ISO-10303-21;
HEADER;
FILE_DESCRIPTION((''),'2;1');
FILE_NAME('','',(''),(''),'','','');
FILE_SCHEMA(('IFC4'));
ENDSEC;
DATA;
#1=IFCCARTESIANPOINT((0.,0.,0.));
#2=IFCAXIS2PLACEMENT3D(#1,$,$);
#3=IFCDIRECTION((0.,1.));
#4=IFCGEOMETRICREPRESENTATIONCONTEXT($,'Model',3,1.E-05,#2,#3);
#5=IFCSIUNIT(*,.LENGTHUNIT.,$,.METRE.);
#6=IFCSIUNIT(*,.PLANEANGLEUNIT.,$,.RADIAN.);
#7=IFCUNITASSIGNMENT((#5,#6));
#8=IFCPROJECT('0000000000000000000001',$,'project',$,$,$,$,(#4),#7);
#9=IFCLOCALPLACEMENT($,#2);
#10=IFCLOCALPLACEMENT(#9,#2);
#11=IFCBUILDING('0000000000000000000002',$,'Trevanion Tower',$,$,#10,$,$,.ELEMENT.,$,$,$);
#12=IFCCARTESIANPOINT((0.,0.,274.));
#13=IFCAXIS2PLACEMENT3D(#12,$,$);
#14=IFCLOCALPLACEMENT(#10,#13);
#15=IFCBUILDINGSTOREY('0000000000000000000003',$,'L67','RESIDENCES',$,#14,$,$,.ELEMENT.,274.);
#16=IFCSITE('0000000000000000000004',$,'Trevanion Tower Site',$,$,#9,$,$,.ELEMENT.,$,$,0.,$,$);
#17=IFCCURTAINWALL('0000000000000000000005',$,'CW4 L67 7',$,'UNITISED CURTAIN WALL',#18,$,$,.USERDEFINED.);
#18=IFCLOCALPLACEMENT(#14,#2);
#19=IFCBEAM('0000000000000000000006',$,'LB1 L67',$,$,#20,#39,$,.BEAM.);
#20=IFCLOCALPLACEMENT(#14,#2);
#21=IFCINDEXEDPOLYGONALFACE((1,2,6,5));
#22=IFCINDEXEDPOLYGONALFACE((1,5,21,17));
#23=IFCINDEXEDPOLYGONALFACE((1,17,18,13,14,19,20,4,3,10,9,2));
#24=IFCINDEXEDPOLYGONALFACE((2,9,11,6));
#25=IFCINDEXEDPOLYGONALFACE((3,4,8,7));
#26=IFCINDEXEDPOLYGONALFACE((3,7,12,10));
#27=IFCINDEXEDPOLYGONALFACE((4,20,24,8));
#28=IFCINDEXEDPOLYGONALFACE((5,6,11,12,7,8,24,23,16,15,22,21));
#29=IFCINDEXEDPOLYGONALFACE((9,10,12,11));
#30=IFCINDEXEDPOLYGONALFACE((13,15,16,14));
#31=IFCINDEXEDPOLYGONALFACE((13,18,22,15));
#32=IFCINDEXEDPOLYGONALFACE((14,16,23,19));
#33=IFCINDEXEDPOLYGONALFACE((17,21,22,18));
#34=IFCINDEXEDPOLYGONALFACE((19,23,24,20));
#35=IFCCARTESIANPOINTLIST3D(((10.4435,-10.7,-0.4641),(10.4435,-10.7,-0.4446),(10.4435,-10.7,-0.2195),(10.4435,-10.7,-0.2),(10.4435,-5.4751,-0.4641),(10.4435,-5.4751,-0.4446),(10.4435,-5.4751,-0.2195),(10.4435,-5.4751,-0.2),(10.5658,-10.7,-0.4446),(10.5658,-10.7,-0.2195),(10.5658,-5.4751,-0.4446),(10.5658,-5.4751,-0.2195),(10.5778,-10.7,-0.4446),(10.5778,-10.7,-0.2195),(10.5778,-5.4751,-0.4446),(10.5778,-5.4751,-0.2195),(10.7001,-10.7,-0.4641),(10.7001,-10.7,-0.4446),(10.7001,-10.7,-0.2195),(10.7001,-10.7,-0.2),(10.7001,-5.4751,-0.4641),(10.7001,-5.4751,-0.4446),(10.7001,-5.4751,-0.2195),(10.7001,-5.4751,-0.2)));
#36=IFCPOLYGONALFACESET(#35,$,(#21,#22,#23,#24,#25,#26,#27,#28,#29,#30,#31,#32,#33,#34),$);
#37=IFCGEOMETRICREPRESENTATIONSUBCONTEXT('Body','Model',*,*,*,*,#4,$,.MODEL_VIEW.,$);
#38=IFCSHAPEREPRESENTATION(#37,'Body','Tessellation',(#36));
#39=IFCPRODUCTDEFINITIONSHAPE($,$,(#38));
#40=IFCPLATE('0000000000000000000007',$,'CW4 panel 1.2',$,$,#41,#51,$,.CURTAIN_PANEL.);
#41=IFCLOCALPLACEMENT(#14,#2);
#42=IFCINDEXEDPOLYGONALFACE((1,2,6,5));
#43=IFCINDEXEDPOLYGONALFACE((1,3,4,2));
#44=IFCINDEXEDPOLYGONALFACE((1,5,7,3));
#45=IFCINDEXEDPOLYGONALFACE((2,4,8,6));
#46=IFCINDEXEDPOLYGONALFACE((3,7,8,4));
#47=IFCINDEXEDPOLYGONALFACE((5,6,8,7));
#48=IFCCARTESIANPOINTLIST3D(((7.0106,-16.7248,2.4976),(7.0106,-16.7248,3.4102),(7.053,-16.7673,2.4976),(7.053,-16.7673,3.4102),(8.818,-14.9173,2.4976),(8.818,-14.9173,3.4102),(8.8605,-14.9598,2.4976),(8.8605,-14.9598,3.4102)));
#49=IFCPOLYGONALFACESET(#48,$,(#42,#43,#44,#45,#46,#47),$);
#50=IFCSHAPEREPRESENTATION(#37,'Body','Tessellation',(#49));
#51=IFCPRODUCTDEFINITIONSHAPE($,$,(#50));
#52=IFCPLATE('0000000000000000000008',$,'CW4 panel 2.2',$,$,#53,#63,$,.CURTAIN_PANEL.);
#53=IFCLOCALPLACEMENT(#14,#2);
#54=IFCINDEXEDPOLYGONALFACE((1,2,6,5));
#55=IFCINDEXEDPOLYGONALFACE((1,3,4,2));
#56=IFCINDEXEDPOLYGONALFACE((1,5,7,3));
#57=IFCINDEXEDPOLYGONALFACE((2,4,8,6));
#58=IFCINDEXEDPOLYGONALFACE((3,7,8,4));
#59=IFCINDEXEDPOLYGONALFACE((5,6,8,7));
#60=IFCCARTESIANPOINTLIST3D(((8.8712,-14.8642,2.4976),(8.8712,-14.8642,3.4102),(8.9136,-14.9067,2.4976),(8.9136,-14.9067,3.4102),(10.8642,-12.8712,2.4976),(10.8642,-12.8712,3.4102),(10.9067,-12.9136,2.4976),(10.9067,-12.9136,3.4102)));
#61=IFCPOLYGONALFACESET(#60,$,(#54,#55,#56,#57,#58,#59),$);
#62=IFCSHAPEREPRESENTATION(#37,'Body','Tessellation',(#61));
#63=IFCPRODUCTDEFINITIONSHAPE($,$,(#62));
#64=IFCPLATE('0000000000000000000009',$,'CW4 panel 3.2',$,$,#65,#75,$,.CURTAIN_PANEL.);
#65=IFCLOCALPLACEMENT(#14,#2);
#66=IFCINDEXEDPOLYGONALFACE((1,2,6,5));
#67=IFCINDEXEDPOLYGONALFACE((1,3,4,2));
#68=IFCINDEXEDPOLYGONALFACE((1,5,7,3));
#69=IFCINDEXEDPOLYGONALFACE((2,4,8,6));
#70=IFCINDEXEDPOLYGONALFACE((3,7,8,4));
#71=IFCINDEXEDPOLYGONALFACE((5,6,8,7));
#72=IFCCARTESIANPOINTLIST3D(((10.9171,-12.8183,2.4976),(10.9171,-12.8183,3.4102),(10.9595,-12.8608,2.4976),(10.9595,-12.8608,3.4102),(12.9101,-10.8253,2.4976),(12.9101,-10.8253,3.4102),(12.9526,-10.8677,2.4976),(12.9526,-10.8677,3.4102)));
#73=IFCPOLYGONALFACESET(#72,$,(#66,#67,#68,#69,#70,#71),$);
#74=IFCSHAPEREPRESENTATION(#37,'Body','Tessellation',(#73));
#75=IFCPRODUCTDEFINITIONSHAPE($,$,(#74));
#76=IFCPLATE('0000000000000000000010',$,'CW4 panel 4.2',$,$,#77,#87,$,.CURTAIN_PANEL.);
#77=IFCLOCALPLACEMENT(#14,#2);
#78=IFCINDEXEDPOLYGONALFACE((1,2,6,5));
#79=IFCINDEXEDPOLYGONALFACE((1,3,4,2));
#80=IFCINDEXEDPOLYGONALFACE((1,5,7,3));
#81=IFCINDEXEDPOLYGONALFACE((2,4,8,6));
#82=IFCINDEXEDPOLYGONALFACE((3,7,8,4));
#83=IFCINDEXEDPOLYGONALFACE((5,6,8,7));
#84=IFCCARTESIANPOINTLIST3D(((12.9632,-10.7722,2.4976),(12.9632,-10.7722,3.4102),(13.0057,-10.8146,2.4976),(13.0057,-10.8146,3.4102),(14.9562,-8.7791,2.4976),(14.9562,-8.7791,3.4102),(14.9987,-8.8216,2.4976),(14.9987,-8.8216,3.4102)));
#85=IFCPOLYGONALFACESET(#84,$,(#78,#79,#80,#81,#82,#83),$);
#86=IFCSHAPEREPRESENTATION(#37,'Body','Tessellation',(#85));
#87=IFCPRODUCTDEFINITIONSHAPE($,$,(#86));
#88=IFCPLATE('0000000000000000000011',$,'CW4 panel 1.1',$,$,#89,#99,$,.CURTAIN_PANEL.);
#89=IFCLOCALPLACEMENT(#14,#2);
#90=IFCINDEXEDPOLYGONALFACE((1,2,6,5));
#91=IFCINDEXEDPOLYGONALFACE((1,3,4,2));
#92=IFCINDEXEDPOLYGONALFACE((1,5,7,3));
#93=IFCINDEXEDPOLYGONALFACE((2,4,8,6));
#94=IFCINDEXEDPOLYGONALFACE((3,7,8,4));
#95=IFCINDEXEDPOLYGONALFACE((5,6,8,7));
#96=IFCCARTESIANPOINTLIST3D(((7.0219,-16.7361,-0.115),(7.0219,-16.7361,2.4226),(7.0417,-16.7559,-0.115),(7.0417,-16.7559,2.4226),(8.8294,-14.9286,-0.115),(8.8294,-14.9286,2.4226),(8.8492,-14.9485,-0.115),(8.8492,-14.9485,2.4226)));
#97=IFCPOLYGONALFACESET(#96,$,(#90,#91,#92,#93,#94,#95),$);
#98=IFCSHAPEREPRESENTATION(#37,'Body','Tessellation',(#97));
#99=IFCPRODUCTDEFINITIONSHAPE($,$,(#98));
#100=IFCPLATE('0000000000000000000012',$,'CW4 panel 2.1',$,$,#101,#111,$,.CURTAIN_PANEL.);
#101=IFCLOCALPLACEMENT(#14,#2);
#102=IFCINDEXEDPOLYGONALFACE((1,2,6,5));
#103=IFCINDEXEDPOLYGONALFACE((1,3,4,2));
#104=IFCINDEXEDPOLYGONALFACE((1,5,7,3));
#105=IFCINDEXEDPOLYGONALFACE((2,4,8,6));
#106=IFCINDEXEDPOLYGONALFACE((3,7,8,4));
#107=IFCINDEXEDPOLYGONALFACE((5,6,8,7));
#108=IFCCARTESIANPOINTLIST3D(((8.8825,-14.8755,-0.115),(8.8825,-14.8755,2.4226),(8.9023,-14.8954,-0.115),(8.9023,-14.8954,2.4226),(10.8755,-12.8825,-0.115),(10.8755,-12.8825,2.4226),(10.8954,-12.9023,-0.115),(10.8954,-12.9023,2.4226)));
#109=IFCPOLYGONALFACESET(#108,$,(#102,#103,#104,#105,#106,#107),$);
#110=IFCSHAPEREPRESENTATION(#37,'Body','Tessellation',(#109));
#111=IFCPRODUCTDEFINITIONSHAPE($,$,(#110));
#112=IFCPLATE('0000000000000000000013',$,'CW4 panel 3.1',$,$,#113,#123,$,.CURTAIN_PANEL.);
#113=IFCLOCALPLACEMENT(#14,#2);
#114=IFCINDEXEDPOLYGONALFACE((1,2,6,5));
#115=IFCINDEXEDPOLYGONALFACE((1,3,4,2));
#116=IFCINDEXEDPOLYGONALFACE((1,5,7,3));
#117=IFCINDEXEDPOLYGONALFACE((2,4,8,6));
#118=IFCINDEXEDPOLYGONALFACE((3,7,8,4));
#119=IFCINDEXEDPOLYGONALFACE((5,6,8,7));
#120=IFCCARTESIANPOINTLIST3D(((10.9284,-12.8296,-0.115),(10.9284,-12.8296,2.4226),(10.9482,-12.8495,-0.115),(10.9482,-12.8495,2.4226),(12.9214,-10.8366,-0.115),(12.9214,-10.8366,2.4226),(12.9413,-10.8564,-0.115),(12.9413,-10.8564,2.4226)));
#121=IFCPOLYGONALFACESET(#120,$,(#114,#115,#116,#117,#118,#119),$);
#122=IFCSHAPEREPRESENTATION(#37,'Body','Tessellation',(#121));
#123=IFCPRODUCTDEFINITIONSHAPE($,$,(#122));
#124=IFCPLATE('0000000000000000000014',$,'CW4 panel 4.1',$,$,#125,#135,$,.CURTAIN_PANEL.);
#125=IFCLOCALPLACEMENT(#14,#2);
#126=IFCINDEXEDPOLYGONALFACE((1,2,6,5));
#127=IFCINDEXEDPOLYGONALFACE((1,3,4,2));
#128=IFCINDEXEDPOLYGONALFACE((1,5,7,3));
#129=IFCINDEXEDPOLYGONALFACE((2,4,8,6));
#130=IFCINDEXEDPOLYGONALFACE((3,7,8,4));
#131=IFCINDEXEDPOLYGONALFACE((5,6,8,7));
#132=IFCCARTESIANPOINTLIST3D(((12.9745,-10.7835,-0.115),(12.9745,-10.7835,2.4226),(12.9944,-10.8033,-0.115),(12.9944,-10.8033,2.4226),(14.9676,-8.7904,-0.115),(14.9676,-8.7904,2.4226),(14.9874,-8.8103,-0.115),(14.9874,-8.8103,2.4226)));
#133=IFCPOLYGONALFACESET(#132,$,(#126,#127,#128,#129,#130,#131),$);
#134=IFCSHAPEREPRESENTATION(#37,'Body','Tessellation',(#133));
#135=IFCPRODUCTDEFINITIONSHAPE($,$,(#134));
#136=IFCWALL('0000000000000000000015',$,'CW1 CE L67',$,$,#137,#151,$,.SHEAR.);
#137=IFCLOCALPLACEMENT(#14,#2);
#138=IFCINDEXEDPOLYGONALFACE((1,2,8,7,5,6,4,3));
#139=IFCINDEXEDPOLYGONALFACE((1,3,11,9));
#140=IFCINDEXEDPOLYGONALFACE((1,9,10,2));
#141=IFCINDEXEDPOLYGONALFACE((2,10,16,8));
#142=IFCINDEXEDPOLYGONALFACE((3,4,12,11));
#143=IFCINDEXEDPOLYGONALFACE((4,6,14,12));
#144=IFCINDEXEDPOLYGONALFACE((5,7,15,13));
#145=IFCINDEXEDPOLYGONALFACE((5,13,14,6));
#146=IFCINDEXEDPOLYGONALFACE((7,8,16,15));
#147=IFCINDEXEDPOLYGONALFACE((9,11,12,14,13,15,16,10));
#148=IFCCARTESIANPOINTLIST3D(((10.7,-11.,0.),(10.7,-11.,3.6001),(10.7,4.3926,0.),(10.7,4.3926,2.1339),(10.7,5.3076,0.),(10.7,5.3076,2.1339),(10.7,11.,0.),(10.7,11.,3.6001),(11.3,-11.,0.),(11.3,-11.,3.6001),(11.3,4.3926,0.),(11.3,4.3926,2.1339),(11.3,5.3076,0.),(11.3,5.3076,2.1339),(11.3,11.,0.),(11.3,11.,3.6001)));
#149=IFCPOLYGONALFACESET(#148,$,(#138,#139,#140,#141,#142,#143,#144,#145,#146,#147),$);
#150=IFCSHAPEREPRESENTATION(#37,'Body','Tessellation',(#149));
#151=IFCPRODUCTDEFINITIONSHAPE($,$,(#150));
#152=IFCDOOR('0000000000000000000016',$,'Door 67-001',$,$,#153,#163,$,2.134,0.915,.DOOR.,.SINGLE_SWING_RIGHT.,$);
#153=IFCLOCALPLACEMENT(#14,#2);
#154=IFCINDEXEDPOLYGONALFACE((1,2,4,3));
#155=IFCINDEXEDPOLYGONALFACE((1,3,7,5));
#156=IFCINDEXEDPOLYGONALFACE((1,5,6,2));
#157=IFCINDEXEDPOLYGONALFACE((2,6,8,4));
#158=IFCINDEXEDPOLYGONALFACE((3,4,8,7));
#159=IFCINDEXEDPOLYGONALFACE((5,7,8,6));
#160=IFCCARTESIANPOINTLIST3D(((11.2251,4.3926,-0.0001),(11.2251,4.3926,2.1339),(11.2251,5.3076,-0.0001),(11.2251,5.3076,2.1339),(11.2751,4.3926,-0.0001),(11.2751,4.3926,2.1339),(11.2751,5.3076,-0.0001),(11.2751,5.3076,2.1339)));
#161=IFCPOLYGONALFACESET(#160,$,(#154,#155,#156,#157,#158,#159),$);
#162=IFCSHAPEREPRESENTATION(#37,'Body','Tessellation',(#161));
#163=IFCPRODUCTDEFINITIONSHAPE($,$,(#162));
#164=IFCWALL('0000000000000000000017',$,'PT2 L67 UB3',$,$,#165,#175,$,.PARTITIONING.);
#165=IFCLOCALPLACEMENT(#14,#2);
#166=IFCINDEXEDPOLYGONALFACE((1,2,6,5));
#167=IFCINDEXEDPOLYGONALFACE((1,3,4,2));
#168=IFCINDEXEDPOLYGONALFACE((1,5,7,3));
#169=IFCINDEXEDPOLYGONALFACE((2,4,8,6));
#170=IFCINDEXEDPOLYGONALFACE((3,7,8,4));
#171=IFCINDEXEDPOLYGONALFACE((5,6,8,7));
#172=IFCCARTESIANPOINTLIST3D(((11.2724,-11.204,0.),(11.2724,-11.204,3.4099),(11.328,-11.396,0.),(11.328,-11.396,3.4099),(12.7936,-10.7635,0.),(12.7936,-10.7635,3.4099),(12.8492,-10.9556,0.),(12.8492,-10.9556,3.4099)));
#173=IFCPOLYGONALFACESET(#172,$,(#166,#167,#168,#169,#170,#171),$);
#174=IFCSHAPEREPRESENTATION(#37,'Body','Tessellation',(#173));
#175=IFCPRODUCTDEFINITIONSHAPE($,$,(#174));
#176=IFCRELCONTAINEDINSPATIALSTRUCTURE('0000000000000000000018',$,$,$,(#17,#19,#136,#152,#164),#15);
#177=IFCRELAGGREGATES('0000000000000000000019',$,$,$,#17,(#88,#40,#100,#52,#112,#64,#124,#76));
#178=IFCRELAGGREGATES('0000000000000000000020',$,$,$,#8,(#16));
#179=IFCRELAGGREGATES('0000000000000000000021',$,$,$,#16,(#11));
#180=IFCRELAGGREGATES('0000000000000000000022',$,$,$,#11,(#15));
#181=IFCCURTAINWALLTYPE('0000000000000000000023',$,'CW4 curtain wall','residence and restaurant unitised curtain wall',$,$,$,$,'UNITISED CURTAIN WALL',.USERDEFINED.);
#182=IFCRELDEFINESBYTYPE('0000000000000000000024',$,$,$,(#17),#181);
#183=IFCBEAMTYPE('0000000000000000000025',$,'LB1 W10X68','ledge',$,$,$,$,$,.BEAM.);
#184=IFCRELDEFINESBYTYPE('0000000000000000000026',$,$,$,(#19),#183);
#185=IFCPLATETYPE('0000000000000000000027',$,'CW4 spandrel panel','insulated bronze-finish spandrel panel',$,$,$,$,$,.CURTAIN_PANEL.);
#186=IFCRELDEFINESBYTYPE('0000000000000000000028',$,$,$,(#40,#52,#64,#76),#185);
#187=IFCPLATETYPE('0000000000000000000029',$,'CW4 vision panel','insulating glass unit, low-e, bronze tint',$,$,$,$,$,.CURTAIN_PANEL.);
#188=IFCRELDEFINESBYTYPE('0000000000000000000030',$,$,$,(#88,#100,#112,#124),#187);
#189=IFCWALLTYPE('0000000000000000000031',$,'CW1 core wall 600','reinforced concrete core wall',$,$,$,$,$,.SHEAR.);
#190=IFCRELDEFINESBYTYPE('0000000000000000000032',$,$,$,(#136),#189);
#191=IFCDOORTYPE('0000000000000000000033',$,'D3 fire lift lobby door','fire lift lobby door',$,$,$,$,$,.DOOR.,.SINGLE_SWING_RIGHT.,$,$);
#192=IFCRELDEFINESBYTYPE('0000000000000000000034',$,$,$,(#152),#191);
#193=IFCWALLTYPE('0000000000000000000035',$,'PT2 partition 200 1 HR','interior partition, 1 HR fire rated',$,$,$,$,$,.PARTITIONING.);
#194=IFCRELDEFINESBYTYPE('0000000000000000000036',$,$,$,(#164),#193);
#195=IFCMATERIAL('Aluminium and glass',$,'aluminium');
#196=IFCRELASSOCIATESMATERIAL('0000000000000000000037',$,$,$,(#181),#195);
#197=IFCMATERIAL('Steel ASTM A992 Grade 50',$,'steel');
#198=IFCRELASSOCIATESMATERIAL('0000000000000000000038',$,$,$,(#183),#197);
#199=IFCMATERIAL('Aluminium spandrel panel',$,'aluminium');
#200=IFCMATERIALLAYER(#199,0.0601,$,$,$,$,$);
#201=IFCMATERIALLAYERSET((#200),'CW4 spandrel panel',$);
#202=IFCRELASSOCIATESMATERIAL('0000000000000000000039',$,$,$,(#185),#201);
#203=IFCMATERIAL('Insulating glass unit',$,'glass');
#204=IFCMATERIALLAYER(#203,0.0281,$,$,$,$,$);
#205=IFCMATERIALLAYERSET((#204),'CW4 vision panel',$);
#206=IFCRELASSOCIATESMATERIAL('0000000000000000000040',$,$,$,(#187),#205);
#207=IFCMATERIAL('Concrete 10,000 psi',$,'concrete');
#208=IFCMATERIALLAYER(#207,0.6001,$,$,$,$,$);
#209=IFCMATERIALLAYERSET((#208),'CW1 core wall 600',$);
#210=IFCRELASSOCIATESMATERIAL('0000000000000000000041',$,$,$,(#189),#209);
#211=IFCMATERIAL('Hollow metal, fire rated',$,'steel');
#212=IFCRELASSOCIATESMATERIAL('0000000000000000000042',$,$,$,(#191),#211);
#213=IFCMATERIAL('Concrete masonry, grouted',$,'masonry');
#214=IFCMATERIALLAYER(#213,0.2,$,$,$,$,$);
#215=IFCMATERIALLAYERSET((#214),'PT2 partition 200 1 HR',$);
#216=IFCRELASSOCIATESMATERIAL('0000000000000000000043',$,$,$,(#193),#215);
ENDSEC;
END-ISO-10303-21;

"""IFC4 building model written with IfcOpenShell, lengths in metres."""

from ifc_helpers import new_model, si_unit, direction, frame, frame_2d, origin, origin_2d, place, context, subcontext, project, spatial, rectangle, i_section, extrude, material, layer, layer_set, material_profile, profile_set, type_object, element, fill, aggregate, save


model = new_model("IFC4")

# Units and contexts
model_context = context("Model", 3, precision=1e-05, world=origin(), true_north=direction((0.0, 1.0)))
body_context = subcontext(model_context, "Body", "Model", "MODEL_VIEW")
ifc_project = project(units=[si_unit("LENGTHUNIT", "METRE"), si_unit("PLANEANGLEUNIT", "RADIAN")], contexts=[model_context])

# Site, building, storey
site_placement = place(None, origin())
site = spatial("IfcSite", under=ifc_project, at=site_placement, Name="Trevanion Tower Site", CompositionType="ELEMENT", RefElevation=0.0)
building_placement = place(site_placement, origin())
building = spatial("IfcBuilding", under=site, at=building_placement, Name="Trevanion Tower", CompositionType="ELEMENT")
storey_placement = place(building_placement, frame((0.0, 0.0, 274.0)))
storey = spatial("IfcBuildingStorey", under=building, at=storey_placement, Name="L67", Description="RESIDENCES", CompositionType="ELEMENT", Elevation=274.0)

# Curtain wall
ifc_material_1 = material(Name="Aluminium and glass", Category="aluminium")
curtain_wall_type = type_object("IfcCurtainWallType", Name="CW4 curtain wall", Description="residence and restaurant unitised curtain wall", ElementType="UNITISED CURTAIN WALL", PredefinedType="USERDEFINED", material=ifc_material_1)
curtain_wall_placement = place(storey_placement, origin())
curtain_wall = element("IfcCurtainWall", 1, at=curtain_wall_placement, inside=storey, type_object=curtain_wall_type, Name="CW4 L67 7", ObjectType="UNITISED CURTAIN WALL", PredefinedType="USERDEFINED")

# Beam
ifc_material_2 = material(Name="Steel ASTM A992 Grade 50", Category="steel")
ifc_material_profile_1 = material_profile(ifc_material_2, i_section(OverallWidth=0.2566, OverallDepth=0.2642, WebThickness=0.012, FlangeThickness=0.0195, at=origin_2d()), Name="W10X68")
ifc_profile_set_1 = profile_set([ifc_material_profile_1], Name="Steel ASTM A992 Grade 50")
beam_type = type_object("IfcBeamType", Name="LB1 W10X68", Description="ledge", PredefinedType="BEAM", material=ifc_profile_set_1)
beam_placement = place(storey_placement, frame((10.5718, -10.7, -0.332), z_axis=(0.0, 1.0, 0.0), x_axis=(-1.0, 0.0, 0.0)))
element("IfcBeam", 2, at=beam_placement, inside=storey, type_object=beam_type, Name="LB1 L67", PredefinedType="BEAM", context=body_context, shape_type="SweptSolid", body=[
    extrude(i_section(OverallWidth=0.2566, OverallDepth=0.2642, WebThickness=0.012, FlangeThickness=0.0195, at=origin_2d()), origin(), (0.0, 0.0, 1.0), 5.2249),
])

# Plates
ifc_material_3 = material(Name="Aluminium spandrel panel", Category="aluminium")
ifc_layer_1 = layer(ifc_material_3, 0.0601)
ifc_layer_set_1 = layer_set([ifc_layer_1], Name="CW4 spandrel panel")
plate_type_1 = type_object("IfcPlateType", Name="CW4 spandrel panel", Description="insulated bronze-finish spandrel panel", PredefinedType="CURTAIN_PANEL", material=ifc_layer_set_1)
plate_1_placement = place(storey_placement, frame((7.9355, -15.8423, 2.4976), z_axis=(0.0, 0.0, 1.0), x_axis=(0.707107, 0.707107, 0.0)))
plate_1 = element("IfcPlate", 3, at=plate_1_placement, type_object=plate_type_1, Name="CW4 panel 1.2", PredefinedType="CURTAIN_PANEL", context=body_context, shape_type="SweptSolid", body=[
    extrude(rectangle(XDim=2.5562, YDim=0.0601, at=origin_2d()), origin(), (0.0, 0.0, 1.0), 0.9126),
])
plate_2_placement = place(storey_placement, frame((9.8889, -13.8889, 2.4976), z_axis=(0.0, 0.0, 1.0), x_axis=(0.707107, 0.707107, 0.0)))
plate_2 = element("IfcPlate", 4, at=plate_2_placement, type_object=plate_type_1, Name="CW4 panel 2.2", PredefinedType="CURTAIN_PANEL", context=body_context, shape_type="SweptSolid", body=[
    extrude(rectangle(XDim=2.8186, YDim=0.0601, at=origin_2d()), origin(), (0.0, 0.0, 1.0), 0.9126),
])
plate_3_placement = place(storey_placement, frame((11.9348, -11.843, 2.4976), z_axis=(0.0, 0.0, 1.0), x_axis=(0.707107, 0.707107, 0.0)))
plate_3 = element("IfcPlate", 5, at=plate_3_placement, type_object=plate_type_1, Name="CW4 panel 3.2", PredefinedType="CURTAIN_PANEL", context=body_context, shape_type="SweptSolid", body=[
    extrude(rectangle(XDim=2.8186, YDim=0.0601, at=origin_2d()), origin(), (0.0, 0.0, 1.0), 0.9126),
])
plate_4_placement = place(storey_placement, frame((13.981, -9.7969, 2.4976), z_axis=(0.0, 0.0, 1.0), x_axis=(0.707107, 0.707107, 0.0)))
plate_4 = element("IfcPlate", 6, at=plate_4_placement, type_object=plate_type_1, Name="CW4 panel 4.2", PredefinedType="CURTAIN_PANEL", context=body_context, shape_type="SweptSolid", body=[
    extrude(rectangle(XDim=2.8186, YDim=0.0601, at=origin_2d()), origin(), (0.0, 0.0, 1.0), 0.9126),
])
ifc_material_4 = material(Name="Insulating glass unit", Category="glass")
ifc_layer_2 = layer(ifc_material_4, 0.0281)
ifc_layer_set_2 = layer_set([ifc_layer_2], Name="CW4 vision panel")
plate_type_2 = type_object("IfcPlateType", Name="CW4 vision panel", Description="insulating glass unit, low-e, bronze tint", PredefinedType="CURTAIN_PANEL", material=ifc_layer_set_2)
plate_5_placement = place(storey_placement, frame((7.9355, -15.8423, -0.115), z_axis=(0.0, 0.0, 1.0), x_axis=(0.707107, 0.707107, 0.0)))
plate_5 = element("IfcPlate", 7, at=plate_5_placement, type_object=plate_type_2, Name="CW4 panel 1.1", PredefinedType="CURTAIN_PANEL", context=body_context, shape_type="SweptSolid", body=[
    extrude(rectangle(XDim=2.5562, YDim=0.0281, at=origin_2d()), origin(), (0.0, 0.0, 1.0), 2.5376),
])
plate_6_placement = place(storey_placement, frame((9.8889, -13.8889, -0.115), z_axis=(0.0, 0.0, 1.0), x_axis=(0.707107, 0.707107, 0.0)))
plate_6 = element("IfcPlate", 8, at=plate_6_placement, type_object=plate_type_2, Name="CW4 panel 2.1", PredefinedType="CURTAIN_PANEL", context=body_context, shape_type="SweptSolid", body=[
    extrude(rectangle(XDim=2.8186, YDim=0.0281, at=origin_2d()), origin(), (0.0, 0.0, 1.0), 2.5376),
])
plate_7_placement = place(storey_placement, frame((11.9348, -11.843, -0.115), z_axis=(0.0, 0.0, 1.0), x_axis=(0.707107, 0.707107, 0.0)))
plate_7 = element("IfcPlate", 9, at=plate_7_placement, type_object=plate_type_2, Name="CW4 panel 3.1", PredefinedType="CURTAIN_PANEL", context=body_context, shape_type="SweptSolid", body=[
    extrude(rectangle(XDim=2.8186, YDim=0.0281, at=origin_2d()), origin(), (0.0, 0.0, 1.0), 2.5376),
])
plate_8_placement = place(storey_placement, frame((13.981, -9.7969, -0.115), z_axis=(0.0, 0.0, 1.0), x_axis=(0.707107, 0.707107, 0.0)))
plate_8 = element("IfcPlate", 10, at=plate_8_placement, type_object=plate_type_2, Name="CW4 panel 4.1", PredefinedType="CURTAIN_PANEL", context=body_context, shape_type="SweptSolid", body=[
    extrude(rectangle(XDim=2.8186, YDim=0.0281, at=origin_2d()), origin(), (0.0, 0.0, 1.0), 2.5376),
])
aggregate(curtain_wall, [plate_5, plate_1, plate_6, plate_2, plate_7, plate_3, plate_8, plate_4])

# Wall, opening, door
ifc_material_5 = material(Name="Concrete 10,000 psi", Category="concrete")
ifc_layer_3 = layer(ifc_material_5, 0.6001)
ifc_layer_set_3 = layer_set([ifc_layer_3], Name="CW1 core wall 600")
wall_type_1 = type_object("IfcWallType", Name="CW1 core wall 600", Description="reinforced concrete core wall", PredefinedType="SHEAR", material=ifc_layer_set_3)
wall_1_placement = place(storey_placement, frame((11.0, -11.0, 0.0), z_axis=(0.0, 0.0, 1.0), x_axis=(0.0, 1.0, 0.0)))
wall_1 = element("IfcWall", 11, at=wall_1_placement, inside=storey, type_object=wall_type_1, Name="CW1 CE L67", PredefinedType="SHEAR", context=body_context, shape_type="SweptSolid", body=[
    extrude(rectangle(XDim=22.0, YDim=0.6001, at=frame_2d((11.0, 0.0))), origin(), (0.0, 0.0, 1.0), 3.6001),
])
opening_placement = place(wall_1_placement, frame((15.3926, 0.0, 0.0)))
opening = element("IfcOpeningElement", 12, at=opening_placement, cuts=wall_1, PredefinedType="OPENING", context=body_context, shape_type="SweptSolid", body=[
    extrude(rectangle(XDim=0.915, YDim=2.134, at=frame_2d((0.4575, 1.0669))), frame((0.0, 0.3101, 0.0), z_axis=(0.0, -1.0, 0.0), x_axis=(1.0, 0.0, 0.0)), (0.0, 0.0, 1.0), 0.6201),
])
ifc_material_6 = material(Name="Hollow metal, fire rated", Category="steel")
door_type = type_object("IfcDoorType", Name="D3 fire lift lobby door", Description="fire lift lobby door", OperationType="SINGLE_SWING_RIGHT", PredefinedType="DOOR", material=ifc_material_6)
door_placement = place(opening_placement, origin())
door = element("IfcDoor", 13, at=door_placement, inside=storey, type_object=door_type, Name="Door 67-001", OperationType="SINGLE_SWING_RIGHT", OverallHeight=2.134, OverallWidth=0.915, PredefinedType="DOOR", context=body_context, shape_type="SweptSolid", body=[
    extrude(rectangle(XDim=0.915, YDim=2.134, at=frame_2d((0.4575, 1.0669))), frame((0.0, -0.2251, 0.0), z_axis=(0.0, -1.0, 0.0), x_axis=(1.0, 0.0, 0.0)), (0.0, 0.0, 1.0), 0.05),
])
fill(opening, door)

# Wall
ifc_material_7 = material(Name="Concrete masonry, grouted", Category="masonry")
ifc_layer_4 = layer(ifc_material_7, 0.2)
ifc_layer_set_4 = layer_set([ifc_layer_4], Name="PT2 partition 200 1 HR")
wall_type_2 = type_object("IfcWallType", Name="PT2 partition 200 1 HR", Description="interior partition, 1 HR fire rated", PredefinedType="PARTITIONING", material=ifc_layer_set_4)
wall_2_placement = place(storey_placement, frame((11.3, -11.3, 0.0), z_axis=(0.0, 0.0, 1.0), x_axis=(0.960552, 0.278099, 0.0)))
element("IfcWall", 14, at=wall_2_placement, inside=storey, type_object=wall_type_2, Name="PT2 L67 UB3", PredefinedType="PARTITIONING", context=body_context, shape_type="SweptSolid", body=[
    extrude(rectangle(XDim=1.5837, YDim=0.2, at=frame_2d((0.792, 0.0))), origin(), (0.0, 0.0, 1.0), 3.4099),
])

save(model, "model.ifc")
